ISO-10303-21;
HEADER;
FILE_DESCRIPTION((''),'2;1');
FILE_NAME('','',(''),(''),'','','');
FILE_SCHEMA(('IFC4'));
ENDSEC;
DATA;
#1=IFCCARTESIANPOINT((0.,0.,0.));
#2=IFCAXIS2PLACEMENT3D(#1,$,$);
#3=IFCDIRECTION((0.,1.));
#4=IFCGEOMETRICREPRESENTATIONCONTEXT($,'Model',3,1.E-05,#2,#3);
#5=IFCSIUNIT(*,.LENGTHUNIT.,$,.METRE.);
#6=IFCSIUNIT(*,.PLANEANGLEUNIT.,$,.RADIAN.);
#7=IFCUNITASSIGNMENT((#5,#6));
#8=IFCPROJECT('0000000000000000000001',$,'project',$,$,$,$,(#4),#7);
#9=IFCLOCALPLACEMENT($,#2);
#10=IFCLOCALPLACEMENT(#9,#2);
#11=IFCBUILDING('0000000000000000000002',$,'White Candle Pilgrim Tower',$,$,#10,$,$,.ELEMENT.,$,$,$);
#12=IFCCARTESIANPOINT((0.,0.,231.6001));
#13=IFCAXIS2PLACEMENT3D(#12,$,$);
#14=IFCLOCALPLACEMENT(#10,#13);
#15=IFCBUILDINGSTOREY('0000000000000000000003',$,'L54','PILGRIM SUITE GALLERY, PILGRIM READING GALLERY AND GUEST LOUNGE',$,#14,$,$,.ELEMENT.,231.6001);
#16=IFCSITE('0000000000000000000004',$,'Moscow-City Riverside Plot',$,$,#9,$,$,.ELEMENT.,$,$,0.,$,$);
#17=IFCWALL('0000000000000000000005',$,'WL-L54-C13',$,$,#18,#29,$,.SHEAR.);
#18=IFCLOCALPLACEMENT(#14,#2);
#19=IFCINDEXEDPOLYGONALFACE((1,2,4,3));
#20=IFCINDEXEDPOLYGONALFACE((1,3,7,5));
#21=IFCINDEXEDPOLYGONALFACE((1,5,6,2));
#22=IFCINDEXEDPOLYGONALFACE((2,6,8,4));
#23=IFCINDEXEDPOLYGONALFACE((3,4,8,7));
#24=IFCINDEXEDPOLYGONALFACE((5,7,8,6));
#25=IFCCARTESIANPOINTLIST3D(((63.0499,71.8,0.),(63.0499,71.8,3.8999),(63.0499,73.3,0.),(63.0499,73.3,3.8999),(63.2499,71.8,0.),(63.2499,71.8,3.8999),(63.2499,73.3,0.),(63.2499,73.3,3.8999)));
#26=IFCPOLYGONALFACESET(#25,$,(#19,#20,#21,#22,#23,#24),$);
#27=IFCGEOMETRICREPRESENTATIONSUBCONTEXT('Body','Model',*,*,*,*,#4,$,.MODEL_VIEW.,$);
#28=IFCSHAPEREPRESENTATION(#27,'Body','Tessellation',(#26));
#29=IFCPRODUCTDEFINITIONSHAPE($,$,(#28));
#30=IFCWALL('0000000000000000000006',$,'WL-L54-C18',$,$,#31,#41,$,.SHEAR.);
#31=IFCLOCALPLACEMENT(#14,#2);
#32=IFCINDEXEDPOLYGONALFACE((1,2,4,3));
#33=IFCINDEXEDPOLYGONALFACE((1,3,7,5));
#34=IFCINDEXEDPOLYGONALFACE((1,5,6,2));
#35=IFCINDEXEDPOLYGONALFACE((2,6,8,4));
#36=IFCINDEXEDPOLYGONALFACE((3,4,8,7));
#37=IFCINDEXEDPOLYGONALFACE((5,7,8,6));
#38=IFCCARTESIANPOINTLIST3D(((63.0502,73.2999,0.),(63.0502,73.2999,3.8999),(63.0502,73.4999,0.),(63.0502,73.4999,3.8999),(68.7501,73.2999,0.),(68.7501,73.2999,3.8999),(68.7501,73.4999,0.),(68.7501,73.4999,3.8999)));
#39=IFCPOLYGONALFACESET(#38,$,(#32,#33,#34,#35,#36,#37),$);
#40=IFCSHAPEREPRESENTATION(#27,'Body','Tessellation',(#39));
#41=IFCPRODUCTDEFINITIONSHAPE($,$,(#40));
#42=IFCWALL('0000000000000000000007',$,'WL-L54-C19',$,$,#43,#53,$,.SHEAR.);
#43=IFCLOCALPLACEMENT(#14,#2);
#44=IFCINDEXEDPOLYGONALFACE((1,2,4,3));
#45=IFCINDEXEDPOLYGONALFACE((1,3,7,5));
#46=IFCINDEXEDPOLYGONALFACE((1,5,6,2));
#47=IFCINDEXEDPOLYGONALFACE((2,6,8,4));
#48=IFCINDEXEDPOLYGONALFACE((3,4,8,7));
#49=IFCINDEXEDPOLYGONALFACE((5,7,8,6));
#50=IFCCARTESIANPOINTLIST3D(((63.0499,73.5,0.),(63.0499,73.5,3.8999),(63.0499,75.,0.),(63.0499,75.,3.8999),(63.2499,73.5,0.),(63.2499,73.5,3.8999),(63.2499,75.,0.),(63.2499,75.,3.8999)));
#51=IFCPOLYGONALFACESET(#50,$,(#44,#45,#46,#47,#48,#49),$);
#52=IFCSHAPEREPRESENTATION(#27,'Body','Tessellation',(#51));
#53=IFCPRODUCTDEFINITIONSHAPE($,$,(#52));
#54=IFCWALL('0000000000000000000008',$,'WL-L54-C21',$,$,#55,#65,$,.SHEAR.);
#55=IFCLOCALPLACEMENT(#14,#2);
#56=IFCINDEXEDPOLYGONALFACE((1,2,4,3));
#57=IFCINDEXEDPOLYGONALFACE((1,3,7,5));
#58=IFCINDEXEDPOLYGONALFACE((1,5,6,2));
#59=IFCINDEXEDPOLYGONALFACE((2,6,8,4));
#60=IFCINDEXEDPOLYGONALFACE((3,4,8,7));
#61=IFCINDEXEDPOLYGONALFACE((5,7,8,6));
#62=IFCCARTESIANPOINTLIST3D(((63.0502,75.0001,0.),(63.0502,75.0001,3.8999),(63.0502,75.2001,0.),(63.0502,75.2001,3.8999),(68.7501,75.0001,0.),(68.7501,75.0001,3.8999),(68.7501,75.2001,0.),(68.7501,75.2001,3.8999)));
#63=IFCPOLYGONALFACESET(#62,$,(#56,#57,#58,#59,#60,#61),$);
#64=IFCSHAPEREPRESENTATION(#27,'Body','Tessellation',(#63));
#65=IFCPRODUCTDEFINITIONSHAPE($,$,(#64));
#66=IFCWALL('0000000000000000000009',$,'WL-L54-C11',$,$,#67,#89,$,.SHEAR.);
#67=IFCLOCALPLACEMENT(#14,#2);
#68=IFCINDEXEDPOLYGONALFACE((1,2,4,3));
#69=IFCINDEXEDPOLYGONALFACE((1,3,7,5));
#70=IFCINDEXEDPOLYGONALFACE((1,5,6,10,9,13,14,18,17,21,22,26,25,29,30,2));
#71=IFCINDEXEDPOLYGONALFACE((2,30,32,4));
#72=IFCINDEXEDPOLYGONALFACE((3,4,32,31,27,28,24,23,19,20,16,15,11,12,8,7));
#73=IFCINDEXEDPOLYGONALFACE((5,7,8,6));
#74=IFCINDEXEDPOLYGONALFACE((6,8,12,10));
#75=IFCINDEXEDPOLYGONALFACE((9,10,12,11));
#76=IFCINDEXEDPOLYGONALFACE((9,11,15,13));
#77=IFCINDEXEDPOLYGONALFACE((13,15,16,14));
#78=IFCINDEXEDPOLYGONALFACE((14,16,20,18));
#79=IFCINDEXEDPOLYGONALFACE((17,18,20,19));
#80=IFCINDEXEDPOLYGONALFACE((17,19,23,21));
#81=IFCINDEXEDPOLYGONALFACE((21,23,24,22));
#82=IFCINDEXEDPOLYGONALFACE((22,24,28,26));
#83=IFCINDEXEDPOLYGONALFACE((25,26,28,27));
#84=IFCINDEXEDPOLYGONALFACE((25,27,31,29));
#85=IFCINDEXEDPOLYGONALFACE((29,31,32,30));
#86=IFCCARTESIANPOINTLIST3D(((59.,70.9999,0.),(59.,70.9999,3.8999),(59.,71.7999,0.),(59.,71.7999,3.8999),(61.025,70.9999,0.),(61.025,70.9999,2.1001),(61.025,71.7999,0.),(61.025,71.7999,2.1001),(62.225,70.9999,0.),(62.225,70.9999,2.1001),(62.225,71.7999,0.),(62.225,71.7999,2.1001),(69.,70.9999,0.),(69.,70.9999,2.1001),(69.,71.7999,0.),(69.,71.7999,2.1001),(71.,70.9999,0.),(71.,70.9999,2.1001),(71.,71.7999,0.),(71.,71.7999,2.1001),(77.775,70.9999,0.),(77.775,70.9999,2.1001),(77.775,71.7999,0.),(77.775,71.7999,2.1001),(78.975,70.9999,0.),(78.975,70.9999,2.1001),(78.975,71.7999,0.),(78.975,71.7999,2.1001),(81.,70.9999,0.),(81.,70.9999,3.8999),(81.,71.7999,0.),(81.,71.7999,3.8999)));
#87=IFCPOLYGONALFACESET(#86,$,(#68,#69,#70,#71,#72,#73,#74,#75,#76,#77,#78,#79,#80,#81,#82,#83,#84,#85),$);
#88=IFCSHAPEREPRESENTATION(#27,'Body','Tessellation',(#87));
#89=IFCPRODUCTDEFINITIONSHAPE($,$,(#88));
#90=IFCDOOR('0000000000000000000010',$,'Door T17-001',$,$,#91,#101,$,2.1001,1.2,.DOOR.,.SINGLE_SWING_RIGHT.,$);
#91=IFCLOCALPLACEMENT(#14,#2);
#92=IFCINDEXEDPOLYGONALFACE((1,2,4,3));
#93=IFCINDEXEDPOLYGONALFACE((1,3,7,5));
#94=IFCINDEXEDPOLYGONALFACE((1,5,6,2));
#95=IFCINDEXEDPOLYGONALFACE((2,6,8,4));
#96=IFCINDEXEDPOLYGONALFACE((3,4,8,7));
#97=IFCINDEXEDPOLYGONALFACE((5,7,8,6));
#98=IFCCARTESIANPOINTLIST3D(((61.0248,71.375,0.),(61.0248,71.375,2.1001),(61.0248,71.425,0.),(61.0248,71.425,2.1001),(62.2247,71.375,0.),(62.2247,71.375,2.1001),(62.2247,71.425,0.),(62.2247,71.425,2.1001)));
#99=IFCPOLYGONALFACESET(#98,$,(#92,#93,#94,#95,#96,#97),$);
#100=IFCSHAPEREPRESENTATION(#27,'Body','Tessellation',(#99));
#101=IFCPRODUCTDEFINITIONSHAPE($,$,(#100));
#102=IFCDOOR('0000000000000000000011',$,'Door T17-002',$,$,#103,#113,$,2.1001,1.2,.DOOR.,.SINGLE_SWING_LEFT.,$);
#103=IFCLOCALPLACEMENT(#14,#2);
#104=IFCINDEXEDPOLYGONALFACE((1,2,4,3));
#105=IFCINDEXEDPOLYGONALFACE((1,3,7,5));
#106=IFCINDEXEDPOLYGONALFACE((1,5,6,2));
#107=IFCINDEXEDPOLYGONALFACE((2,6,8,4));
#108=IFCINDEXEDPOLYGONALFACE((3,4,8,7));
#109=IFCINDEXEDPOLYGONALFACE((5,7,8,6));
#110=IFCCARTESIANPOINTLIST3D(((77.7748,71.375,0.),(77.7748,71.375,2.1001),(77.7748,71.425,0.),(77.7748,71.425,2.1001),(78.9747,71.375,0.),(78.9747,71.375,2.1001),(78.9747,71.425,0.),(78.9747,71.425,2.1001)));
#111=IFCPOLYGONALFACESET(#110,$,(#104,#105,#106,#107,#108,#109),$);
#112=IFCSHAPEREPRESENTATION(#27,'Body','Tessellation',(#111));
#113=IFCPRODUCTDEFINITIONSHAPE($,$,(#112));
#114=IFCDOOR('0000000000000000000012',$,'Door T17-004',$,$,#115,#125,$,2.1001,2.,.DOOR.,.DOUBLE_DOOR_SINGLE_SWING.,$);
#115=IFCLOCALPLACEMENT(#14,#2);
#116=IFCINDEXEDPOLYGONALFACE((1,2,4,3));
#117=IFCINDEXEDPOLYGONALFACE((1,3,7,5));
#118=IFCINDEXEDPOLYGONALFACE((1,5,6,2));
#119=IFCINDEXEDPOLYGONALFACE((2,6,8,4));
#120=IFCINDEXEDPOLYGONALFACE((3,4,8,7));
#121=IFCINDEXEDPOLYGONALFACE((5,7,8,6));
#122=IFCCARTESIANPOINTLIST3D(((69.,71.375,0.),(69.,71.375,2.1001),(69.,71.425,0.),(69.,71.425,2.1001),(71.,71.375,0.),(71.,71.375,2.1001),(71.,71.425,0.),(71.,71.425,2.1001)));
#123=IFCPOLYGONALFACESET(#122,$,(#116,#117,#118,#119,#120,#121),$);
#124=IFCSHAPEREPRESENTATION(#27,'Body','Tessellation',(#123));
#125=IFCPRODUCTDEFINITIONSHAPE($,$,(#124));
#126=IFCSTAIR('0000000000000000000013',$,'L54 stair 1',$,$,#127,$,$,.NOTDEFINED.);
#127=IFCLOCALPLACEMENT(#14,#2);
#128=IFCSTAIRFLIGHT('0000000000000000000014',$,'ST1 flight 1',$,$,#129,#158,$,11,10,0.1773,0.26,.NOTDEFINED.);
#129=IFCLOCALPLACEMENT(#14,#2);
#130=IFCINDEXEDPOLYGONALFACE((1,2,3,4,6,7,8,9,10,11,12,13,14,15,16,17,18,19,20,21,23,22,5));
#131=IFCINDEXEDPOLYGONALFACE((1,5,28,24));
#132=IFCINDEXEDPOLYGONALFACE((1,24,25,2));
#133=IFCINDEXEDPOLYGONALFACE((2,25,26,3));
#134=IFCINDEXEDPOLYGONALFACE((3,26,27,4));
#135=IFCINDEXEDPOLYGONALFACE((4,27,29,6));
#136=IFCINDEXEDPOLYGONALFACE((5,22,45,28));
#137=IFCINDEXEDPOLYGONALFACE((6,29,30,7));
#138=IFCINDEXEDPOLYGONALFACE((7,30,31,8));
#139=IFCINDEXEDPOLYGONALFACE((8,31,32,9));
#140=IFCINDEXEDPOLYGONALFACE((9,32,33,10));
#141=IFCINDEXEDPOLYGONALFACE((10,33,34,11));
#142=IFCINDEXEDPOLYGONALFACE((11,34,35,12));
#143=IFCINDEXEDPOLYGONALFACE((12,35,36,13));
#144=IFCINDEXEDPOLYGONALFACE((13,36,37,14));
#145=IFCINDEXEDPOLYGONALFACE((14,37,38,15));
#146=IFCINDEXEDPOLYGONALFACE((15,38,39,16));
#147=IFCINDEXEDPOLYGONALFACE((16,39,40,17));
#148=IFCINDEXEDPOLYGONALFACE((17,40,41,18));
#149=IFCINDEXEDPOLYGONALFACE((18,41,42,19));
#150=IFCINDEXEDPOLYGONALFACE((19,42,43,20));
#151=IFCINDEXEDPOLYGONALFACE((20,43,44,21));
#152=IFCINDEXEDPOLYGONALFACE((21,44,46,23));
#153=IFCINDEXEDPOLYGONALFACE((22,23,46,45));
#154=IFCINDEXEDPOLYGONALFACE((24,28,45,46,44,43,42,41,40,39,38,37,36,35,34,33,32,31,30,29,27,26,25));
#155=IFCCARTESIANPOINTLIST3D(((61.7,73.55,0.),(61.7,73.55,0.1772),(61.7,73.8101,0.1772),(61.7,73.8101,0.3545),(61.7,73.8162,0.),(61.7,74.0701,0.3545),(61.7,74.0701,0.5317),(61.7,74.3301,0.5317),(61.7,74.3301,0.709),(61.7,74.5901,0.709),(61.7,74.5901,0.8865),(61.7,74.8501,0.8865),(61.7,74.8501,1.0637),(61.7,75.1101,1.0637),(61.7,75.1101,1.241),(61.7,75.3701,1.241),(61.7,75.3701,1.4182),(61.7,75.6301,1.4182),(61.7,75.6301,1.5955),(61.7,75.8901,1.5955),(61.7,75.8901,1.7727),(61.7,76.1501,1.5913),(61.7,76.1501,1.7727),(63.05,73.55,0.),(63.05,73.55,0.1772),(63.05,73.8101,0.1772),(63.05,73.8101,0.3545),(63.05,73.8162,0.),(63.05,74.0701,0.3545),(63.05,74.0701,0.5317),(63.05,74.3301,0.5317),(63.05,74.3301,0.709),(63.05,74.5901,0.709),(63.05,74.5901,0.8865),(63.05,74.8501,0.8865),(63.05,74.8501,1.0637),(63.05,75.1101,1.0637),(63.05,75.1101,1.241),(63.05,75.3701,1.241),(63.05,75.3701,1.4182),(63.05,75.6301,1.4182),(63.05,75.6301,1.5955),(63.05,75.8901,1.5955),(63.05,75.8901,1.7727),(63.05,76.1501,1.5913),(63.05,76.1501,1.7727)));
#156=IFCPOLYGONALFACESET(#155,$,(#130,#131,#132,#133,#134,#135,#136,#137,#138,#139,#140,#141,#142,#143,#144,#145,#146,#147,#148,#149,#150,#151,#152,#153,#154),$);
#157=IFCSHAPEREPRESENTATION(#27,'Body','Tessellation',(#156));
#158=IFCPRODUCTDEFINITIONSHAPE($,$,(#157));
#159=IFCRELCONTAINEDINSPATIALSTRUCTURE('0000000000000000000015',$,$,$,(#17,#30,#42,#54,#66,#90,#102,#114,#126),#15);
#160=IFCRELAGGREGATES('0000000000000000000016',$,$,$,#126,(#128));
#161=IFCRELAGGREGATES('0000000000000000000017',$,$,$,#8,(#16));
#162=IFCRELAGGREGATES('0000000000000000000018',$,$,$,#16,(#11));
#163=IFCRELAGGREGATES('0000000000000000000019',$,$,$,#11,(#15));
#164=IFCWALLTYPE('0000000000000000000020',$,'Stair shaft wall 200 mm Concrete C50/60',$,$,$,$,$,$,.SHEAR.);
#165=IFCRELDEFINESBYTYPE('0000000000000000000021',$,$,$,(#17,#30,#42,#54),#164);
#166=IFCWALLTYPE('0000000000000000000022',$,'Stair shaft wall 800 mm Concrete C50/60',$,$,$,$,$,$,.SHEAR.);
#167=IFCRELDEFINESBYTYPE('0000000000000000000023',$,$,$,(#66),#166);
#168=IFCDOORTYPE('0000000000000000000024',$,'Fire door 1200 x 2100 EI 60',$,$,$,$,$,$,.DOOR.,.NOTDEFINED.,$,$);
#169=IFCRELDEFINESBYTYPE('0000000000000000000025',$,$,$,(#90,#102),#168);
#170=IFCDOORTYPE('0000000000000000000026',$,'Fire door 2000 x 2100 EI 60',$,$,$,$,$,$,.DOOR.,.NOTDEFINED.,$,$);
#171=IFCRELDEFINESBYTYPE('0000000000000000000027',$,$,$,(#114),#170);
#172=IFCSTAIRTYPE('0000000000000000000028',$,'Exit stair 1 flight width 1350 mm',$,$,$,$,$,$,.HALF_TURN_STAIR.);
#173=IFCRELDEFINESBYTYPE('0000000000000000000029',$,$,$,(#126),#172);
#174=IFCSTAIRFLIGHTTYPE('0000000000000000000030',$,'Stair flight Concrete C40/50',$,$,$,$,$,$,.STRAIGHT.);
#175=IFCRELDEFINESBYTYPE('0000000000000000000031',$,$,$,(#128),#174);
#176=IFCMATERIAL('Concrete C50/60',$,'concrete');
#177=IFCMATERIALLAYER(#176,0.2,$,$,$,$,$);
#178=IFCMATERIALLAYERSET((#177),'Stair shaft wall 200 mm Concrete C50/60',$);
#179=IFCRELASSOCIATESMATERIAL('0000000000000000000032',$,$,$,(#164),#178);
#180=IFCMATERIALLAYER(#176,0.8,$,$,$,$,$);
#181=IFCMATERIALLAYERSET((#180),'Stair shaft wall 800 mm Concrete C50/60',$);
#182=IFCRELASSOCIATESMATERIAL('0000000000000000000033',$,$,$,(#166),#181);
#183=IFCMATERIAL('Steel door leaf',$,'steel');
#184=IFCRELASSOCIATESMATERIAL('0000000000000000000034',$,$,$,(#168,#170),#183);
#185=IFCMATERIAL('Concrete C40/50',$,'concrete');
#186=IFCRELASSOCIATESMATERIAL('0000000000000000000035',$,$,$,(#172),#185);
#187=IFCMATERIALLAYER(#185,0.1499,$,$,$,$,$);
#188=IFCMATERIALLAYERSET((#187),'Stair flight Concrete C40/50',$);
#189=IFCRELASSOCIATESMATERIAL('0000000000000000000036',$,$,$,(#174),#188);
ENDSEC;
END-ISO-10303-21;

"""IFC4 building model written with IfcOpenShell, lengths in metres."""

from ifc_helpers import new_model, si_unit, direction, frame, frame_2d, origin, place, context, subcontext, project, spatial, polyline, rectangle, outline, extrude, material, layer, layer_set, type_object, element, fill, aggregate, save


model = new_model("IFC4")

# Units and contexts
model_context = context("Model", 3, precision=1e-05, world=origin(), true_north=direction((0.0, 1.0)))
body_context = subcontext(model_context, "Body", "Model", "MODEL_VIEW")
ifc_project = project(units=[si_unit("LENGTHUNIT", "METRE"), si_unit("PLANEANGLEUNIT", "RADIAN")], contexts=[model_context])

# Site, building, storey
site_placement = place(None, origin())
site = spatial("IfcSite", under=ifc_project, at=site_placement, Name="Moscow-City Riverside Plot", CompositionType="ELEMENT", RefElevation=0.0)
building_placement = place(site_placement, origin())
building = spatial("IfcBuilding", under=site, at=building_placement, Name="White Candle Pilgrim Tower", CompositionType="ELEMENT")
storey_placement = place(building_placement, frame((0.0, 0.0, 231.6001)))
storey = spatial("IfcBuildingStorey", under=building, at=storey_placement, Name="L54", Description="PILGRIM SUITE GALLERY, PILGRIM READING GALLERY AND GUEST LOUNGE", CompositionType="ELEMENT", Elevation=231.6001)

# Shared definitions
ifc_material_1 = material(Name="Steel door leaf", Category="steel")

# Walls
ifc_material_2 = material(Name="Concrete C50/60", Category="concrete")
ifc_layer_1 = layer(ifc_material_2, 0.2)
ifc_layer_set_1 = layer_set([ifc_layer_1], Name="Stair shaft wall 200 mm Concrete C50/60")
wall_type_1 = type_object("IfcWallType", Name="Stair shaft wall 200 mm Concrete C50/60", PredefinedType="SHEAR", material=ifc_layer_set_1)
wall_1_placement = place(storey_placement, frame((63.1499, 71.8, 0.0), z_axis=(0.0, 0.0, 1.0), x_axis=(0.0, 1.0, 0.0)))
element("IfcWall", 1, at=wall_1_placement, inside=storey, type_object=wall_type_1, Name="WL-L54-C13", PredefinedType="SHEAR", context=body_context, shape_type="SweptSolid", body=[
    extrude(rectangle(XDim=1.5, YDim=0.2, at=frame_2d((0.75, 0.0))), origin(), (0.0, 0.0, 1.0), 3.8999),
])
wall_2_placement = place(storey_placement, frame((63.05, 73.3999, 0.0), z_axis=(0.0, 0.0, 1.0), x_axis=(1.0, 0.0, 0.0)))
element("IfcWall", 2, at=wall_2_placement, inside=storey, type_object=wall_type_1, Name="WL-L54-C18", PredefinedType="SHEAR", context=body_context, shape_type="SweptSolid", body=[
    extrude(rectangle(XDim=5.7, YDim=0.2, at=frame_2d((2.8501, 0.0))), origin(), (0.0, 0.0, 1.0), 3.8999),
])
wall_3_placement = place(storey_placement, frame((63.1499, 73.5, 0.0), z_axis=(0.0, 0.0, 1.0), x_axis=(0.0, 1.0, 0.0)))
element("IfcWall", 3, at=wall_3_placement, inside=storey, type_object=wall_type_1, Name="WL-L54-C19", PredefinedType="SHEAR", context=body_context, shape_type="SweptSolid", body=[
    extrude(rectangle(XDim=1.5, YDim=0.2, at=frame_2d((0.75, 0.0))), origin(), (0.0, 0.0, 1.0), 3.8999),
])
wall_4_placement = place(storey_placement, frame((63.05, 75.1001, 0.0), z_axis=(0.0, 0.0, 1.0), x_axis=(1.0, 0.0, 0.0)))
element("IfcWall", 4, at=wall_4_placement, inside=storey, type_object=wall_type_1, Name="WL-L54-C21", PredefinedType="SHEAR", context=body_context, shape_type="SweptSolid", body=[
    extrude(rectangle(XDim=5.7, YDim=0.2, at=frame_2d((2.8501, 0.0))), origin(), (0.0, 0.0, 1.0), 3.8999),
])

# Wall, openings, doors
ifc_layer_2 = layer(ifc_material_2, 0.8)
ifc_layer_set_2 = layer_set([ifc_layer_2], Name="Stair shaft wall 800 mm Concrete C50/60")
wall_type_2 = type_object("IfcWallType", Name="Stair shaft wall 800 mm Concrete C50/60", PredefinedType="SHEAR", material=ifc_layer_set_2)
wall_5_placement = place(storey_placement, frame((59.0, 71.3999, 0.0), z_axis=(0.0, 0.0, 1.0), x_axis=(1.0, 0.0, 0.0)))
wall_5 = element("IfcWall", 5, at=wall_5_placement, inside=storey, type_object=wall_type_2, Name="WL-L54-C11", PredefinedType="SHEAR", context=body_context, shape_type="SweptSolid", body=[
    extrude(rectangle(XDim=22.0, YDim=0.8, at=frame_2d((11.0, 0.0))), origin(), (0.0, 0.0, 1.0), 3.8999),
])
opening_1_placement = place(wall_5_placement, frame((2.0249, 0.0, 0.0)))
opening_1 = element("IfcOpeningElement", 6, at=opening_1_placement, cuts=wall_5, PredefinedType="OPENING", context=body_context, shape_type="SweptSolid", body=[
    extrude(rectangle(XDim=1.2, YDim=2.1001, at=frame_2d((0.6001, 1.05))), frame((0.0, 0.4099, 0.0), z_axis=(0.0, -1.0, 0.0), x_axis=(1.0, 0.0, 0.0)), (0.0, 0.0, 1.0), 0.8201),
])
opening_2_placement = place(wall_5_placement, frame((18.7749, 0.0, 0.0)))
opening_2 = element("IfcOpeningElement", 7, at=opening_2_placement, cuts=wall_5, PredefinedType="OPENING", context=body_context, shape_type="SweptSolid", body=[
    extrude(rectangle(XDim=1.2, YDim=2.1001, at=frame_2d((0.6001, 1.05))), frame((0.0, 0.4099, 0.0), z_axis=(0.0, -1.0, 0.0), x_axis=(1.0, 0.0, 0.0)), (0.0, 0.0, 1.0), 0.8201),
])
opening_3_placement = place(wall_5_placement, frame((10.0, 0.0, 0.0)))
opening_3 = element("IfcOpeningElement", 8, at=opening_3_placement, cuts=wall_5, PredefinedType="OPENING", context=body_context, shape_type="SweptSolid", body=[
    extrude(rectangle(XDim=2.0, YDim=2.1001, at=frame_2d((1.0, 1.05))), frame((0.0, 0.4099, 0.0), z_axis=(0.0, -1.0, 0.0), x_axis=(1.0, 0.0, 0.0)), (0.0, 0.0, 1.0), 0.8201),
])
door_type_1 = type_object("IfcDoorType", Name="Fire door 1200 x 2100 EI 60", OperationType="NOTDEFINED", PredefinedType="DOOR", material=ifc_material_1)
door_1_placement = place(opening_1_placement, frame((1.2, 0.0, 0.0), z_axis=(0.0, 0.0, 1.0), x_axis=(-1.0, 0.0, 0.0)))
door_1 = element("IfcDoor", 9, at=door_1_placement, inside=storey, type_object=door_type_1, Name="Door T17-001", OperationType="SINGLE_SWING_RIGHT", OverallHeight=2.1001, OverallWidth=1.2, PredefinedType="DOOR", context=body_context, shape_type="SweptSolid", body=[
    extrude(rectangle(XDim=1.2, YDim=2.1001, at=frame_2d((0.6001, 1.05))), frame((0.0, 0.0249, 0.0), z_axis=(0.0, -1.0, 0.0), x_axis=(1.0, 0.0, 0.0)), (0.0, 0.0, 1.0), 0.05),
])
fill(opening_1, door_1)
door_2_placement = place(opening_2_placement, frame((1.2, 0.0, 0.0), z_axis=(0.0, 0.0, 1.0), x_axis=(-1.0, 0.0, 0.0)))
door_2 = element("IfcDoor", 10, at=door_2_placement, inside=storey, type_object=door_type_1, Name="Door T17-002", OperationType="SINGLE_SWING_LEFT", OverallHeight=2.1001, OverallWidth=1.2, PredefinedType="DOOR", context=body_context, shape_type="SweptSolid", body=[
    extrude(rectangle(XDim=1.2, YDim=2.1001, at=frame_2d((0.6001, 1.05))), frame((0.0, 0.0249, 0.0), z_axis=(0.0, -1.0, 0.0), x_axis=(1.0, 0.0, 0.0)), (0.0, 0.0, 1.0), 0.05),
])
fill(opening_2, door_2)
door_type_2 = type_object("IfcDoorType", Name="Fire door 2000 x 2100 EI 60", OperationType="NOTDEFINED", PredefinedType="DOOR", material=ifc_material_1)
door_3_placement = place(opening_3_placement, frame((2.0, 0.0, 0.0), z_axis=(0.0, 0.0, 1.0), x_axis=(-1.0, 0.0, 0.0)))
door_3 = element("IfcDoor", 11, at=door_3_placement, inside=storey, type_object=door_type_2, Name="Door T17-004", OperationType="DOUBLE_DOOR_SINGLE_SWING", OverallHeight=2.1001, OverallWidth=2.0, PredefinedType="DOOR", context=body_context, shape_type="SweptSolid", body=[
    extrude(rectangle(XDim=2.0, YDim=2.1001, at=frame_2d((1.0, 1.05))), frame((0.0, 0.0249, 0.0), z_axis=(0.0, -1.0, 0.0), x_axis=(1.0, 0.0, 0.0)), (0.0, 0.0, 1.0), 0.05),
])
fill(opening_3, door_3)

# Stair, stair flight
ifc_material_3 = material(Name="Concrete C40/50", Category="concrete")
stair_type = type_object("IfcStairType", Name="Exit stair 1 flight width 1350 mm", PredefinedType="HALF_TURN_STAIR", material=ifc_material_3)
stair_placement = place(storey_placement, origin())
stair = element("IfcStair", 12, at=stair_placement, inside=storey, type_object=stair_type, Name="L54 stair 1", PredefinedType="NOTDEFINED")
ifc_layer_3 = layer(ifc_material_3, 0.1499)
ifc_layer_set_3 = layer_set([ifc_layer_3], Name="Stair flight Concrete C40/50")
stair_flight_type = type_object("IfcStairFlightType", Name="Stair flight Concrete C40/50", PredefinedType="STRAIGHT", material=ifc_layer_set_3)
stair_flight_placement = place(storey_placement, frame((62.375, 73.55, 0.0), z_axis=(0.0, 0.0, 1.0), x_axis=(0.0, 1.0, 0.0)))
stair_flight = element("IfcStairFlight", 13, at=stair_flight_placement, type_object=stair_flight_type, Name="ST1 flight 1", NumberOfRisers=11, NumberOfTreads=10, PredefinedType="NOTDEFINED", RiserHeight=0.1773, TreadLength=0.26, context=body_context, shape_type="SweptSolid", body=[
    extrude(outline(polyline([(0.0, 0.0), (0.0, 0.1772), (0.26, 0.1772), (0.26, 0.3545), (0.52, 0.3545), (0.52, 0.5317), (0.78, 0.5317), (0.78, 0.709), (1.04, 0.709), (1.04, 0.8865), (1.3, 0.8865), (1.3, 1.0637), (1.5601, 1.0637), (1.5601, 1.241), (1.8201, 1.241), (1.8201, 1.4182), (2.0801, 1.4182), (2.0801, 1.5955), (2.3401, 1.5955), (2.3401, 1.7727), (2.6001, 1.7727), (2.6001, 1.95), (2.6001, 1.5913), (0.2661, 0.0), (0.0, 0.0)])), frame((0.0, 0.675, 0.0), z_axis=(0.0, -1.0, 0.0), x_axis=(1.0, 0.0, 0.0)), (0.0, 0.0, 1.0), 1.3501),
])
aggregate(stair, [stair_flight])

save(model, "model.ifc")
